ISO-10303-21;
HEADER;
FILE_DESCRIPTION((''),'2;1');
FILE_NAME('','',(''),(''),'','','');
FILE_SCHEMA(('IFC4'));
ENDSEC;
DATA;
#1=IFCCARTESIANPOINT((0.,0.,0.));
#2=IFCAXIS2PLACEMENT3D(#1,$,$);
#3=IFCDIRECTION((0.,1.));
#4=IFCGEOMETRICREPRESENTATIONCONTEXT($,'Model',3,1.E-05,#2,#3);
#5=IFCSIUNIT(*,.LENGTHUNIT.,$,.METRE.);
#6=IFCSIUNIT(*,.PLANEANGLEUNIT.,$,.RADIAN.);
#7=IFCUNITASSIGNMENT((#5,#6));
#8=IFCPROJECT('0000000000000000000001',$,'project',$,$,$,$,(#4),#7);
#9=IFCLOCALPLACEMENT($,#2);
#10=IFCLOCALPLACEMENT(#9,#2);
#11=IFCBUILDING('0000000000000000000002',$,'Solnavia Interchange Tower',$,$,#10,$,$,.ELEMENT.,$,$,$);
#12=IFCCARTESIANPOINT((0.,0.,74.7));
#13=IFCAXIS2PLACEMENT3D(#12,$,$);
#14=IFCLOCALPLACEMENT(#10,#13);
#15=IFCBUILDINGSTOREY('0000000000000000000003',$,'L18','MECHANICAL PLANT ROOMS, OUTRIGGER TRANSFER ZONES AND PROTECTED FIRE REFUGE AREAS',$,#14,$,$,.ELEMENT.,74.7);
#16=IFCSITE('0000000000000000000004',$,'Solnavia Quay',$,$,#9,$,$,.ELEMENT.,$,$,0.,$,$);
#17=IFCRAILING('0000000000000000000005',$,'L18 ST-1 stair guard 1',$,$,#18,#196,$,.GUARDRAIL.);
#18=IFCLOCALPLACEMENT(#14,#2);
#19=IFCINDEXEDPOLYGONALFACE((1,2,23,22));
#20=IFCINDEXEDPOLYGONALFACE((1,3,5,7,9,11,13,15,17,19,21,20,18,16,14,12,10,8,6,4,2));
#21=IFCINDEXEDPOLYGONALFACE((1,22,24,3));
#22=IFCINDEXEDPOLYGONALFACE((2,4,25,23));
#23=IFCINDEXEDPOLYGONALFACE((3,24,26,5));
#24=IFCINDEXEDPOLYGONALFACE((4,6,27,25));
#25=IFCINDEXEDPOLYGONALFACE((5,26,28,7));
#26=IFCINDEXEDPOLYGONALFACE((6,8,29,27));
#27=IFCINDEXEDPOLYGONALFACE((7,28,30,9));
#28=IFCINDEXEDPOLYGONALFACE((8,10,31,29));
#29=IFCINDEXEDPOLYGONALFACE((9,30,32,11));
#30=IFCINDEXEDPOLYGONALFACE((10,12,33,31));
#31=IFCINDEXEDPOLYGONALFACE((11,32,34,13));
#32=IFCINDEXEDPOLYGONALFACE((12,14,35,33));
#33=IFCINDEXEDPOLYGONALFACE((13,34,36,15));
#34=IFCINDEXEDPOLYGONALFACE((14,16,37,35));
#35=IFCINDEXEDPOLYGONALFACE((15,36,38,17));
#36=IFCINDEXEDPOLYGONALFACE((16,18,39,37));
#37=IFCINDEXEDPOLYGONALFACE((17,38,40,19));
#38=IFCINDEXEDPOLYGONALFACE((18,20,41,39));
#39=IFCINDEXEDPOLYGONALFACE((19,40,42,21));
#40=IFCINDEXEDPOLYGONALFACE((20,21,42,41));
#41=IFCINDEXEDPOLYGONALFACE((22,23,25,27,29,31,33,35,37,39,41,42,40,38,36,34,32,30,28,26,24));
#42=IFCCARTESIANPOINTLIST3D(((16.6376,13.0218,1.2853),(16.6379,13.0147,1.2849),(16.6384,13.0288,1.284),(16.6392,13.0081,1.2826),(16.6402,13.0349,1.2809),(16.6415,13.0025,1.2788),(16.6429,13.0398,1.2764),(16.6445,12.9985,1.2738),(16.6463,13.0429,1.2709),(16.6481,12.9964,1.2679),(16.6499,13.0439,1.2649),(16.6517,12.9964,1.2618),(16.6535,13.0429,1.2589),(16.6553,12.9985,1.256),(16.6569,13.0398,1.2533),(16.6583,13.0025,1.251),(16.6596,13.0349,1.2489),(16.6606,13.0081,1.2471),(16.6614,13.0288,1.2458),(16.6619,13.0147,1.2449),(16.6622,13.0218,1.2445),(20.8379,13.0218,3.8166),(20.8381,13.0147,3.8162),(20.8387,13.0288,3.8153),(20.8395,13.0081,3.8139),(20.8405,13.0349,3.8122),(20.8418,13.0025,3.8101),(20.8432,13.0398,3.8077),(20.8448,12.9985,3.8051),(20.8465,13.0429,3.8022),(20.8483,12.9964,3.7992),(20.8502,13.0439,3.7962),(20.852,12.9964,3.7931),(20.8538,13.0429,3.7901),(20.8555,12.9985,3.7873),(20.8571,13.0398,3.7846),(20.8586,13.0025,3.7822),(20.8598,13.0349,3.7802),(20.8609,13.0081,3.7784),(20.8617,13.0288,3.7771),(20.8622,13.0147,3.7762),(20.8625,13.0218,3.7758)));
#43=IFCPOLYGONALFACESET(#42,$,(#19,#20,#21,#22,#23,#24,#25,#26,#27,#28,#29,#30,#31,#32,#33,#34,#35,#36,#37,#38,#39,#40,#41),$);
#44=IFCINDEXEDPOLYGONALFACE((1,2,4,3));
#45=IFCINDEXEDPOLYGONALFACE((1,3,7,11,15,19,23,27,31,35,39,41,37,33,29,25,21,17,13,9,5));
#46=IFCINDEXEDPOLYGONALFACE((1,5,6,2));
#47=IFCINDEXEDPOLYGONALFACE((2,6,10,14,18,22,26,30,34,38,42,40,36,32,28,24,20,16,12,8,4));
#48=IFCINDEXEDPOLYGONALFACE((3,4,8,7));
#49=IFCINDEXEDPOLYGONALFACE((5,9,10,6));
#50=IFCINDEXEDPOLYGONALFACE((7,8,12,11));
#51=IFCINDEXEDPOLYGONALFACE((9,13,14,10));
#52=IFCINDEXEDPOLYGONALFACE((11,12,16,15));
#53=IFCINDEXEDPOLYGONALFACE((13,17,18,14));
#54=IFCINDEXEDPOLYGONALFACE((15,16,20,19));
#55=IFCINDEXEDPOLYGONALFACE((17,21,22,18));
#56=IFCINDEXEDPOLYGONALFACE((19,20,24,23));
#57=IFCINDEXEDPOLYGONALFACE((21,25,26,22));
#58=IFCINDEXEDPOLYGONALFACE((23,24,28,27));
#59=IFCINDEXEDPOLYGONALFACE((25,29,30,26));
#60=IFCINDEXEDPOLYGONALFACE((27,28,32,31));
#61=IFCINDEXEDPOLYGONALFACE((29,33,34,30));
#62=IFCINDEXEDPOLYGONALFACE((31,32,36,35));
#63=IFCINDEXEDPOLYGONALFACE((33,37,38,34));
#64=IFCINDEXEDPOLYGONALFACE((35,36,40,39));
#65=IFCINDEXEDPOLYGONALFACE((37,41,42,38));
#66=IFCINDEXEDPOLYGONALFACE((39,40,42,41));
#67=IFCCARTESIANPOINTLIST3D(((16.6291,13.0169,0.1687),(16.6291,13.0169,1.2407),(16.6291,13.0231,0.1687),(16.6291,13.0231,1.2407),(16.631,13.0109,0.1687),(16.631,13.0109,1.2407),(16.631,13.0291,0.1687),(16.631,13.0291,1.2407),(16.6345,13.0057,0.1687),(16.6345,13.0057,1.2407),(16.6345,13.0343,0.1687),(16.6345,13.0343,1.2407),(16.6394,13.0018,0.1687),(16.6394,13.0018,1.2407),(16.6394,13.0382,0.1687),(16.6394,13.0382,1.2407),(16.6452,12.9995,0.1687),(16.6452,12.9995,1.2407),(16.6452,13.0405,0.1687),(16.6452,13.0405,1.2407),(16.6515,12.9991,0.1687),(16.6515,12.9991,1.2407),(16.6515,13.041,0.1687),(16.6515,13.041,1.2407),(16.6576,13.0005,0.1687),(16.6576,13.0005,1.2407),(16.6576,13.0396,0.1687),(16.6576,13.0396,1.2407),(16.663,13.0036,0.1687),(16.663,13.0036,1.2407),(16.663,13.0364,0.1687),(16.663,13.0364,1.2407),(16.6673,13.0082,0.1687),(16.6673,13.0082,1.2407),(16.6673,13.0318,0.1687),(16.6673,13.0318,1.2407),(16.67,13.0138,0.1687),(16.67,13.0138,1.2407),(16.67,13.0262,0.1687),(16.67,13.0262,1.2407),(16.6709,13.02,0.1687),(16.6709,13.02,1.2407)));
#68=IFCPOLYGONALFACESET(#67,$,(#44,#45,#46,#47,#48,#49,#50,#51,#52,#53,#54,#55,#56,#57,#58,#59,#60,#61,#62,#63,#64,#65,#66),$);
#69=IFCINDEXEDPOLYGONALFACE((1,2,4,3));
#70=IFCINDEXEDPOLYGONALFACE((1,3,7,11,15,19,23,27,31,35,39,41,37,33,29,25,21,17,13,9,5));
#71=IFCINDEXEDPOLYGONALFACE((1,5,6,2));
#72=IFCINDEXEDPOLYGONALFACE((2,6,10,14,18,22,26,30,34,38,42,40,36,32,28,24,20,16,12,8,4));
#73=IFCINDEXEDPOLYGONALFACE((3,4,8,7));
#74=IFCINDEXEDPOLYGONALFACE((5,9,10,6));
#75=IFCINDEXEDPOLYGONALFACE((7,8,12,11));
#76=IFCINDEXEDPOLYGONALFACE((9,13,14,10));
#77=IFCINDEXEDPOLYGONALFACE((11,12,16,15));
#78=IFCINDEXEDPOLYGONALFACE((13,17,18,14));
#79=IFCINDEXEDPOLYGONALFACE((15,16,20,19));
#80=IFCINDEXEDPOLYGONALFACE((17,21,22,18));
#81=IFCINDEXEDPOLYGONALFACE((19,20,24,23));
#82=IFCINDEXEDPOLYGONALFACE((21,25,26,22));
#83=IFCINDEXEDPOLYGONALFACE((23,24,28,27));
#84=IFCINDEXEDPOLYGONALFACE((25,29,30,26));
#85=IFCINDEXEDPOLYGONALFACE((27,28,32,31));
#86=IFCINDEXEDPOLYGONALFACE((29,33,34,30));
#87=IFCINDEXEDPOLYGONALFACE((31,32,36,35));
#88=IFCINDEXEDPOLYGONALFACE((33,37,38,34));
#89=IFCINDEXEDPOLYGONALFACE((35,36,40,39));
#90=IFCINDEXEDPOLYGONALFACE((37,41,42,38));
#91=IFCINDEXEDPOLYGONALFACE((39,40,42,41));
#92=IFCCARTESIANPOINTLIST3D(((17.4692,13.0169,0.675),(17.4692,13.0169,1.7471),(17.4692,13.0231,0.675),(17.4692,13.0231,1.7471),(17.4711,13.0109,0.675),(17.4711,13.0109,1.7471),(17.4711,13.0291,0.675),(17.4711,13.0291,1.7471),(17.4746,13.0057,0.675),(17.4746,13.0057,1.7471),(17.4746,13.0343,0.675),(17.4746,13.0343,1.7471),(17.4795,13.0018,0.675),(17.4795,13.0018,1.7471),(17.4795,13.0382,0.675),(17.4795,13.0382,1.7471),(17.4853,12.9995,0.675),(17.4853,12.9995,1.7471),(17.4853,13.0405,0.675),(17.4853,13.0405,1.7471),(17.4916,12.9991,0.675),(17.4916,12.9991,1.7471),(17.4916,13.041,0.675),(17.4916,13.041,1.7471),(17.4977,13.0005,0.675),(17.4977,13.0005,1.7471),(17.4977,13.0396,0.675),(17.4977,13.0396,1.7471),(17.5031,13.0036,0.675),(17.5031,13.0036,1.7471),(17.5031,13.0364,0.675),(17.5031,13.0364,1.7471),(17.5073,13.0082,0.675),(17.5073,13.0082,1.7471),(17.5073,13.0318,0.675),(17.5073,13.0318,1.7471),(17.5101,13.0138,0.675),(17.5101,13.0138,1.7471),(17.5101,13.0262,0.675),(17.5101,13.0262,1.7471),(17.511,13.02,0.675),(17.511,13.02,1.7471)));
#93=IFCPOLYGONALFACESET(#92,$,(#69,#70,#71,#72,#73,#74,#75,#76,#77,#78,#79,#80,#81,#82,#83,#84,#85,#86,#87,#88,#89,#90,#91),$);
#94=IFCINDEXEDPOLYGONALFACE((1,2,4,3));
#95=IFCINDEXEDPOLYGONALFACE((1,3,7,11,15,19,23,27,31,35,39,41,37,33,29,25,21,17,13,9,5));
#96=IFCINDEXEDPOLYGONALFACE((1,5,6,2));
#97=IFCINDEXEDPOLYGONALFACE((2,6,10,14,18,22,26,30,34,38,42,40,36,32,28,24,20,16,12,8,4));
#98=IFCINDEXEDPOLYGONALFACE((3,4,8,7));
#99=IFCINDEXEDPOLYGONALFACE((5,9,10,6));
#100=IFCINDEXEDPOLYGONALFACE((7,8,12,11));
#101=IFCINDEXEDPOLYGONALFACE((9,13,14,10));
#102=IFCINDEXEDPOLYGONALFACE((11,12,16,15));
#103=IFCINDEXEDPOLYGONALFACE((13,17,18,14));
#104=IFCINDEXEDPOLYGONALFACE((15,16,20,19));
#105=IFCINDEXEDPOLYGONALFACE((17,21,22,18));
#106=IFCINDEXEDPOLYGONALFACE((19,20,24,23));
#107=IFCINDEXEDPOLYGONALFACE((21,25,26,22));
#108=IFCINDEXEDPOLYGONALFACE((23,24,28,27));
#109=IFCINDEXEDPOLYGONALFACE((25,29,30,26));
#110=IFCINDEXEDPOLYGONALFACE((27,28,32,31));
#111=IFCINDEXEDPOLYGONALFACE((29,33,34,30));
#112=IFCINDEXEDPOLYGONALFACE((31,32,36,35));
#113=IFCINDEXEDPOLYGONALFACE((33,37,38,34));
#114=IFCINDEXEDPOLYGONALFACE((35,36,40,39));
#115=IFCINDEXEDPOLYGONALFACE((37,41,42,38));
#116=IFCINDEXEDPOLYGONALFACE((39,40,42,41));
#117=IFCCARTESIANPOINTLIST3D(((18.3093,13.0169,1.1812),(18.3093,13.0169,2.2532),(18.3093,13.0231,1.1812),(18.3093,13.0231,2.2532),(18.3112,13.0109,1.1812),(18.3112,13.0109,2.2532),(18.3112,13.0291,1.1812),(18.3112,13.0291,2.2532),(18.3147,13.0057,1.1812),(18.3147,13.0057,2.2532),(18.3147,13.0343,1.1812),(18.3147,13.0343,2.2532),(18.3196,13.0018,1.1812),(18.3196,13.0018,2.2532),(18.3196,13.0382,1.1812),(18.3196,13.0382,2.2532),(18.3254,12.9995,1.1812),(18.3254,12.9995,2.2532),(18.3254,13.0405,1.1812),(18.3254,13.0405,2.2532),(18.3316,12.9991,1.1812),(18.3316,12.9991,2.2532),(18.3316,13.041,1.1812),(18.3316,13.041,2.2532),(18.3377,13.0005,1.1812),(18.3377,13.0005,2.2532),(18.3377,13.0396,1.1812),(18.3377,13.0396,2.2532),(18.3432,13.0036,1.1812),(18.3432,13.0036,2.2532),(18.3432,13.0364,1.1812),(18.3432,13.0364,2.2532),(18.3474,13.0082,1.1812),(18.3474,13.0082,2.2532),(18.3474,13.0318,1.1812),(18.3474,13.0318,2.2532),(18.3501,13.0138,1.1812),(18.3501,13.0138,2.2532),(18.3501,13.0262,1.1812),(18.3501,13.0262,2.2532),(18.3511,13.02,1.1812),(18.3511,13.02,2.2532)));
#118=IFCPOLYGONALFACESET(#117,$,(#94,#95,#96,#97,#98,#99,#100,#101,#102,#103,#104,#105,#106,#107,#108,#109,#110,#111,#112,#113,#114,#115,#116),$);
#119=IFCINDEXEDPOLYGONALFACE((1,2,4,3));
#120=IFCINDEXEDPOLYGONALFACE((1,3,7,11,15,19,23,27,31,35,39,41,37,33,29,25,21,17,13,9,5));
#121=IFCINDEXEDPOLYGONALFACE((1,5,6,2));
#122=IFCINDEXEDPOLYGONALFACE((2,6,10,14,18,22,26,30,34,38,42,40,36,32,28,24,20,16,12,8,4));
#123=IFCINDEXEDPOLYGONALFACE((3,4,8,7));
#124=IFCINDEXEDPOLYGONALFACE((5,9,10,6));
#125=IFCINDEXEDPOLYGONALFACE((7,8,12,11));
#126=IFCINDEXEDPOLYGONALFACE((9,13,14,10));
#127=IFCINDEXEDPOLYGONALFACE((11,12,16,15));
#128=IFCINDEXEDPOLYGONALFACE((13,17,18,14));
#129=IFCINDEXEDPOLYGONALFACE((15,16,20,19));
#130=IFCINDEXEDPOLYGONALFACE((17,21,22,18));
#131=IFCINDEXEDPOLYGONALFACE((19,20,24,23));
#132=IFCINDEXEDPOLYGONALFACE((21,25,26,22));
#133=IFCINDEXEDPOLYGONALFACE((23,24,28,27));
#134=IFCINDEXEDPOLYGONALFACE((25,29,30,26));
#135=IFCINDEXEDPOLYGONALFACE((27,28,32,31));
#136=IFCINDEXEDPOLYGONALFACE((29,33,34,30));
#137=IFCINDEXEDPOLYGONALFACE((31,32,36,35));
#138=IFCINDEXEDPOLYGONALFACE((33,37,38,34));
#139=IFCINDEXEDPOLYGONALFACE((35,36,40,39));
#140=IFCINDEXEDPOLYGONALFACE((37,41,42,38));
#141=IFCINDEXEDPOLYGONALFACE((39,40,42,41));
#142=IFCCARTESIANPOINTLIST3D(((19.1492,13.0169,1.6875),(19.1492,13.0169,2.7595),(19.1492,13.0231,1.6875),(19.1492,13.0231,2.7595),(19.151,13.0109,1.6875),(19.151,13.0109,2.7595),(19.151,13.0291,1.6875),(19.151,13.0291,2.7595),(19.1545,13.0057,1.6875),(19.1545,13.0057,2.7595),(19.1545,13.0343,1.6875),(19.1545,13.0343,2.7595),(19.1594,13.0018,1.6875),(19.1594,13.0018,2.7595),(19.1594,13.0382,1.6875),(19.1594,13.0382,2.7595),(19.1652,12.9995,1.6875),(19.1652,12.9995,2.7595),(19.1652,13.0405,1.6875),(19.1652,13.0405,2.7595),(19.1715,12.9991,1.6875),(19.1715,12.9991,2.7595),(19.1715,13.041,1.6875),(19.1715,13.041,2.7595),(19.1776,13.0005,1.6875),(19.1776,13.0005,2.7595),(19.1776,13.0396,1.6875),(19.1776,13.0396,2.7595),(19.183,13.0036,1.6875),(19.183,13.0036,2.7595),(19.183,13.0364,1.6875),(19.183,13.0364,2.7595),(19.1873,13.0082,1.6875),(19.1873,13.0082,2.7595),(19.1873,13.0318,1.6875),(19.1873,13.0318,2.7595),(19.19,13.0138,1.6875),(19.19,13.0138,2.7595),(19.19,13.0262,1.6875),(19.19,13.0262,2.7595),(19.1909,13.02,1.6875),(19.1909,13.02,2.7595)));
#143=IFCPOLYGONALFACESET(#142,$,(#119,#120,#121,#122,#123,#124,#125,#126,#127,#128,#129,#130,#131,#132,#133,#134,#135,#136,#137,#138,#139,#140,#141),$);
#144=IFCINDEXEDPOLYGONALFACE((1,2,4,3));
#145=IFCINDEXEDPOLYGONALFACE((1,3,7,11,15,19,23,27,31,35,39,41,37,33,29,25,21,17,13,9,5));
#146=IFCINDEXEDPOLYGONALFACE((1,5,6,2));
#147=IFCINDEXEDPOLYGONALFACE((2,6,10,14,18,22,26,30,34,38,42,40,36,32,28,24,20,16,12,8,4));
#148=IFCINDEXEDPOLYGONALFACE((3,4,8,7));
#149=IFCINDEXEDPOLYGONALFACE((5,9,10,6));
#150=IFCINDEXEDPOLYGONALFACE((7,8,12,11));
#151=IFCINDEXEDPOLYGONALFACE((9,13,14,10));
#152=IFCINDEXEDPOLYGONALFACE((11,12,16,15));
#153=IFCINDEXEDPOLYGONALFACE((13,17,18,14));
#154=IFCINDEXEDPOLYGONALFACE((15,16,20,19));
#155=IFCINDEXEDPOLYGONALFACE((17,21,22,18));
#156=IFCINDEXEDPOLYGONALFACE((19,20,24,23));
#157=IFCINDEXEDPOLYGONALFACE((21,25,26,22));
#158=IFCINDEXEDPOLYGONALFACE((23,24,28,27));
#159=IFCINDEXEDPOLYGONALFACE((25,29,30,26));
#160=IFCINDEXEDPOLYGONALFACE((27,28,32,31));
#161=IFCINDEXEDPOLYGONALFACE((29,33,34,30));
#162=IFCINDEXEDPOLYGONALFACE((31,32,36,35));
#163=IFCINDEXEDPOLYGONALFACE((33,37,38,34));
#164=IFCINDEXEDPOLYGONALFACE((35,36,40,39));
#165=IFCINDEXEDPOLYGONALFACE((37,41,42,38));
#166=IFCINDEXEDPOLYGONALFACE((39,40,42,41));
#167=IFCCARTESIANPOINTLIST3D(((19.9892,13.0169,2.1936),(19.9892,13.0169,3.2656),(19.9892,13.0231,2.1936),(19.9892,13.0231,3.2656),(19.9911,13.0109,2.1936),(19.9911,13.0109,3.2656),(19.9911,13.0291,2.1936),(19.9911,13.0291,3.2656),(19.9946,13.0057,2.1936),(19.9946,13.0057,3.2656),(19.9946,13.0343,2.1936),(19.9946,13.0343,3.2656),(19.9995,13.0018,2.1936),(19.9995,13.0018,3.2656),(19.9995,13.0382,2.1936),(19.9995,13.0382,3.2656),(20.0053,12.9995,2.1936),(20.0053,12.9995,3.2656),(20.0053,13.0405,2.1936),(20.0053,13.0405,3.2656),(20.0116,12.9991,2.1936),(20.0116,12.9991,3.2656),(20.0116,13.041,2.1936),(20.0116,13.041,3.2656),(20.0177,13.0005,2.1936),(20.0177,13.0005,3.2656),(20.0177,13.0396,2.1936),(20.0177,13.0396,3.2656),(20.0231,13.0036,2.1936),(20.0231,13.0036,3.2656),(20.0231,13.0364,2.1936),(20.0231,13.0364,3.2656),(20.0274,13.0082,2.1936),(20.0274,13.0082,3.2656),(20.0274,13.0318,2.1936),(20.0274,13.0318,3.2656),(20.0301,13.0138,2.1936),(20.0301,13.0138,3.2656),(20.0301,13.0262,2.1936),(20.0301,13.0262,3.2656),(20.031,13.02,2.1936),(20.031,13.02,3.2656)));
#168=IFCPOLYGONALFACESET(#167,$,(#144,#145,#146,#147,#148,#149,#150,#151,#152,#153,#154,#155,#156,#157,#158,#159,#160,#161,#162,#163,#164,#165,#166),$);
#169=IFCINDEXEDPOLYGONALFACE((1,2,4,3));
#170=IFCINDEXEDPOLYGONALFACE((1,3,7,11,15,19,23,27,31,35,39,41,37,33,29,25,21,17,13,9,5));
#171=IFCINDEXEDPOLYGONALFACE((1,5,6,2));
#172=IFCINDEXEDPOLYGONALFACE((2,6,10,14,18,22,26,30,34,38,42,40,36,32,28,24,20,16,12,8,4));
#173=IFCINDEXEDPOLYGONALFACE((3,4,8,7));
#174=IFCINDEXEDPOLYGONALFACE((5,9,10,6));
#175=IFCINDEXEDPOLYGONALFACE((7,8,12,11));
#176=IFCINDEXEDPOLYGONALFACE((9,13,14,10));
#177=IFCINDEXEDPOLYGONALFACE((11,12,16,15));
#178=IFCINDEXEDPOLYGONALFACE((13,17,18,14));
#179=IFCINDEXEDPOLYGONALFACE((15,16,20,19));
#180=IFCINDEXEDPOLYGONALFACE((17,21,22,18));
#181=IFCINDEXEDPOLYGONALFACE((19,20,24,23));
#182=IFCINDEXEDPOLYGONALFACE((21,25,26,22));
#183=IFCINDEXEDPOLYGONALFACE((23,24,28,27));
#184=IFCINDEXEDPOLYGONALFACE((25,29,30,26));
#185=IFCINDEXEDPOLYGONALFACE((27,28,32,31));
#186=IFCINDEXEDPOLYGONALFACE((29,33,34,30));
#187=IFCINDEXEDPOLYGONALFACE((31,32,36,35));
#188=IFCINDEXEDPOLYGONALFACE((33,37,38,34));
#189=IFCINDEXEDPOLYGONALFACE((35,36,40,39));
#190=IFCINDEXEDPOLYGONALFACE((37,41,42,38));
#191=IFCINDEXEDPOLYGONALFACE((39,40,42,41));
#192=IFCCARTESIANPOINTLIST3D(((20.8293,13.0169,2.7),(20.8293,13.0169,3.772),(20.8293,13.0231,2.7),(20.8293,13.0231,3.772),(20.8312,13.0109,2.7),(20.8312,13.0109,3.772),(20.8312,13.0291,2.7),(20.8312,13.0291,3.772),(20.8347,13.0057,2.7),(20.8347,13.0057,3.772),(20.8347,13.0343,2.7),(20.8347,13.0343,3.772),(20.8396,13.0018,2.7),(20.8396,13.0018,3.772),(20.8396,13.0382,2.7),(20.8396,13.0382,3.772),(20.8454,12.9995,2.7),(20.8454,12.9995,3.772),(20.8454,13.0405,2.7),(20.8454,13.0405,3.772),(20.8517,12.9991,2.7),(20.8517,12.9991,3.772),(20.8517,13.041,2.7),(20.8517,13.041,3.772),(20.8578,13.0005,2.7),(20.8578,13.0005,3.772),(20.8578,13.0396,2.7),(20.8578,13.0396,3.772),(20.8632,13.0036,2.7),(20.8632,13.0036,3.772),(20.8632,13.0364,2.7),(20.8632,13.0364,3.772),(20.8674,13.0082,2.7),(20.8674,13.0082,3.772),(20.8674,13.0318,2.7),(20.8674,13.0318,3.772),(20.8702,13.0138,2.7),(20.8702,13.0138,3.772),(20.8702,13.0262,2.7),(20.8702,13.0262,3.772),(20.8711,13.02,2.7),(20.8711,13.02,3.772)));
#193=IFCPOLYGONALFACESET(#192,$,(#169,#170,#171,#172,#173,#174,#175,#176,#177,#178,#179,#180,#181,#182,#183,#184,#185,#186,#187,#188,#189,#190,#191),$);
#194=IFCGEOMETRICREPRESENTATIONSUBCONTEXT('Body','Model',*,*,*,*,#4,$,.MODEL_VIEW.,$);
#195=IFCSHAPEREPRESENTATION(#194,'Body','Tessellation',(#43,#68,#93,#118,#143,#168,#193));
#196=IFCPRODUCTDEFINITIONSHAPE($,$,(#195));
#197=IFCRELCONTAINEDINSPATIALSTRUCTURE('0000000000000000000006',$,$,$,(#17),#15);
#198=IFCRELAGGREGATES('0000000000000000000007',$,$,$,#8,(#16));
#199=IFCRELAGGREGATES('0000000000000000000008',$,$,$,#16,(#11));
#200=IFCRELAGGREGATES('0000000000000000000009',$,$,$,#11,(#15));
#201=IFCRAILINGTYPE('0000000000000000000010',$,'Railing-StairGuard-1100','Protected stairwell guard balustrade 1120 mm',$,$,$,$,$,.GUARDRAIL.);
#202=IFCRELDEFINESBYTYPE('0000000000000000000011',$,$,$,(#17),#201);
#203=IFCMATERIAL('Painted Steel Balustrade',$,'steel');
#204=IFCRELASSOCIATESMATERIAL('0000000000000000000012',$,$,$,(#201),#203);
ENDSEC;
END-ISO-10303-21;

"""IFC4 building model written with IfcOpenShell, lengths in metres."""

from ifc_helpers import new_model, si_unit, direction, frame, origin, origin_2d, place, context, subcontext, project, spatial, circle, extrude, material, type_object, element, save


model = new_model("IFC4")

# Units and contexts
model_context = context("Model", 3, precision=1e-05, world=origin(), true_north=direction((0.0, 1.0)))
body_context = subcontext(model_context, "Body", "Model", "MODEL_VIEW")
ifc_project = project(units=[si_unit("LENGTHUNIT", "METRE"), si_unit("PLANEANGLEUNIT", "RADIAN")], contexts=[model_context])

# Site, building, storey
site_placement = place(None, origin())
site = spatial("IfcSite", under=ifc_project, at=site_placement, Name="Solnavia Quay", CompositionType="ELEMENT", RefElevation=0.0)
building_placement = place(site_placement, origin())
building = spatial("IfcBuilding", under=site, at=building_placement, Name="Solnavia Interchange Tower", CompositionType="ELEMENT")
storey_placement = place(building_placement, frame((0.0, 0.0, 74.7)))
storey = spatial("IfcBuildingStorey", under=building, at=storey_placement, Name="L18", Description="MECHANICAL PLANT ROOMS, OUTRIGGER TRANSFER ZONES AND PROTECTED FIRE REFUGE AREAS", CompositionType="ELEMENT", Elevation=74.7)

# Railing
ifc_material_1 = material(Name="Painted Steel Balustrade", Category="steel")
railing_type_1 = type_object("IfcRailingType", Name="Railing-StairGuard-1100", Description="Protected stairwell guard balustrade 1120 mm", PredefinedType="GUARDRAIL", material=ifc_material_1)
railing_1_placement = place(storey_placement, frame((16.6499, 13.02, 0.1687)))
element("IfcRailing", 1, at=railing_1_placement, inside=storey, type_object=railing_type_1, Name="L18 ST-1 stair guard 1", PredefinedType="GUARDRAIL", context=body_context, shape_type="SweptSolid", body=[
    extrude(circle(Radius=0.0239, at=origin_2d()), frame((0.0, 0.0, 1.0962), z_axis=(0.85649, 0.0, 0.516164), x_axis=(0.0, 1.0, 0.0)), (0.0, 0.0, 1.0), 4.9041),
    extrude(circle(Radius=0.021, at=origin_2d()), origin(), (0.0, 0.0, 1.0), 1.072),
    extrude(circle(Radius=0.021, at=origin_2d()), frame((0.8401, 0.0, 0.5063)), (0.0, 0.0, 1.0), 1.072),
    extrude(circle(Radius=0.021, at=origin_2d()), frame((1.6802, 0.0, 1.0125)), (0.0, 0.0, 1.0), 1.072),
    extrude(circle(Radius=0.021, at=origin_2d()), frame((2.52, 0.0, 1.5188)), (0.0, 0.0, 1.0), 1.072),
    extrude(circle(Radius=0.021, at=origin_2d()), frame((3.3601, 0.0, 2.0249)), (0.0, 0.0, 1.0), 1.072),
    extrude(circle(Radius=0.021, at=origin_2d()), frame((4.2002, 0.0, 2.5312)), (0.0, 0.0, 1.0), 1.072),
])

save(model, "model.ifc")
